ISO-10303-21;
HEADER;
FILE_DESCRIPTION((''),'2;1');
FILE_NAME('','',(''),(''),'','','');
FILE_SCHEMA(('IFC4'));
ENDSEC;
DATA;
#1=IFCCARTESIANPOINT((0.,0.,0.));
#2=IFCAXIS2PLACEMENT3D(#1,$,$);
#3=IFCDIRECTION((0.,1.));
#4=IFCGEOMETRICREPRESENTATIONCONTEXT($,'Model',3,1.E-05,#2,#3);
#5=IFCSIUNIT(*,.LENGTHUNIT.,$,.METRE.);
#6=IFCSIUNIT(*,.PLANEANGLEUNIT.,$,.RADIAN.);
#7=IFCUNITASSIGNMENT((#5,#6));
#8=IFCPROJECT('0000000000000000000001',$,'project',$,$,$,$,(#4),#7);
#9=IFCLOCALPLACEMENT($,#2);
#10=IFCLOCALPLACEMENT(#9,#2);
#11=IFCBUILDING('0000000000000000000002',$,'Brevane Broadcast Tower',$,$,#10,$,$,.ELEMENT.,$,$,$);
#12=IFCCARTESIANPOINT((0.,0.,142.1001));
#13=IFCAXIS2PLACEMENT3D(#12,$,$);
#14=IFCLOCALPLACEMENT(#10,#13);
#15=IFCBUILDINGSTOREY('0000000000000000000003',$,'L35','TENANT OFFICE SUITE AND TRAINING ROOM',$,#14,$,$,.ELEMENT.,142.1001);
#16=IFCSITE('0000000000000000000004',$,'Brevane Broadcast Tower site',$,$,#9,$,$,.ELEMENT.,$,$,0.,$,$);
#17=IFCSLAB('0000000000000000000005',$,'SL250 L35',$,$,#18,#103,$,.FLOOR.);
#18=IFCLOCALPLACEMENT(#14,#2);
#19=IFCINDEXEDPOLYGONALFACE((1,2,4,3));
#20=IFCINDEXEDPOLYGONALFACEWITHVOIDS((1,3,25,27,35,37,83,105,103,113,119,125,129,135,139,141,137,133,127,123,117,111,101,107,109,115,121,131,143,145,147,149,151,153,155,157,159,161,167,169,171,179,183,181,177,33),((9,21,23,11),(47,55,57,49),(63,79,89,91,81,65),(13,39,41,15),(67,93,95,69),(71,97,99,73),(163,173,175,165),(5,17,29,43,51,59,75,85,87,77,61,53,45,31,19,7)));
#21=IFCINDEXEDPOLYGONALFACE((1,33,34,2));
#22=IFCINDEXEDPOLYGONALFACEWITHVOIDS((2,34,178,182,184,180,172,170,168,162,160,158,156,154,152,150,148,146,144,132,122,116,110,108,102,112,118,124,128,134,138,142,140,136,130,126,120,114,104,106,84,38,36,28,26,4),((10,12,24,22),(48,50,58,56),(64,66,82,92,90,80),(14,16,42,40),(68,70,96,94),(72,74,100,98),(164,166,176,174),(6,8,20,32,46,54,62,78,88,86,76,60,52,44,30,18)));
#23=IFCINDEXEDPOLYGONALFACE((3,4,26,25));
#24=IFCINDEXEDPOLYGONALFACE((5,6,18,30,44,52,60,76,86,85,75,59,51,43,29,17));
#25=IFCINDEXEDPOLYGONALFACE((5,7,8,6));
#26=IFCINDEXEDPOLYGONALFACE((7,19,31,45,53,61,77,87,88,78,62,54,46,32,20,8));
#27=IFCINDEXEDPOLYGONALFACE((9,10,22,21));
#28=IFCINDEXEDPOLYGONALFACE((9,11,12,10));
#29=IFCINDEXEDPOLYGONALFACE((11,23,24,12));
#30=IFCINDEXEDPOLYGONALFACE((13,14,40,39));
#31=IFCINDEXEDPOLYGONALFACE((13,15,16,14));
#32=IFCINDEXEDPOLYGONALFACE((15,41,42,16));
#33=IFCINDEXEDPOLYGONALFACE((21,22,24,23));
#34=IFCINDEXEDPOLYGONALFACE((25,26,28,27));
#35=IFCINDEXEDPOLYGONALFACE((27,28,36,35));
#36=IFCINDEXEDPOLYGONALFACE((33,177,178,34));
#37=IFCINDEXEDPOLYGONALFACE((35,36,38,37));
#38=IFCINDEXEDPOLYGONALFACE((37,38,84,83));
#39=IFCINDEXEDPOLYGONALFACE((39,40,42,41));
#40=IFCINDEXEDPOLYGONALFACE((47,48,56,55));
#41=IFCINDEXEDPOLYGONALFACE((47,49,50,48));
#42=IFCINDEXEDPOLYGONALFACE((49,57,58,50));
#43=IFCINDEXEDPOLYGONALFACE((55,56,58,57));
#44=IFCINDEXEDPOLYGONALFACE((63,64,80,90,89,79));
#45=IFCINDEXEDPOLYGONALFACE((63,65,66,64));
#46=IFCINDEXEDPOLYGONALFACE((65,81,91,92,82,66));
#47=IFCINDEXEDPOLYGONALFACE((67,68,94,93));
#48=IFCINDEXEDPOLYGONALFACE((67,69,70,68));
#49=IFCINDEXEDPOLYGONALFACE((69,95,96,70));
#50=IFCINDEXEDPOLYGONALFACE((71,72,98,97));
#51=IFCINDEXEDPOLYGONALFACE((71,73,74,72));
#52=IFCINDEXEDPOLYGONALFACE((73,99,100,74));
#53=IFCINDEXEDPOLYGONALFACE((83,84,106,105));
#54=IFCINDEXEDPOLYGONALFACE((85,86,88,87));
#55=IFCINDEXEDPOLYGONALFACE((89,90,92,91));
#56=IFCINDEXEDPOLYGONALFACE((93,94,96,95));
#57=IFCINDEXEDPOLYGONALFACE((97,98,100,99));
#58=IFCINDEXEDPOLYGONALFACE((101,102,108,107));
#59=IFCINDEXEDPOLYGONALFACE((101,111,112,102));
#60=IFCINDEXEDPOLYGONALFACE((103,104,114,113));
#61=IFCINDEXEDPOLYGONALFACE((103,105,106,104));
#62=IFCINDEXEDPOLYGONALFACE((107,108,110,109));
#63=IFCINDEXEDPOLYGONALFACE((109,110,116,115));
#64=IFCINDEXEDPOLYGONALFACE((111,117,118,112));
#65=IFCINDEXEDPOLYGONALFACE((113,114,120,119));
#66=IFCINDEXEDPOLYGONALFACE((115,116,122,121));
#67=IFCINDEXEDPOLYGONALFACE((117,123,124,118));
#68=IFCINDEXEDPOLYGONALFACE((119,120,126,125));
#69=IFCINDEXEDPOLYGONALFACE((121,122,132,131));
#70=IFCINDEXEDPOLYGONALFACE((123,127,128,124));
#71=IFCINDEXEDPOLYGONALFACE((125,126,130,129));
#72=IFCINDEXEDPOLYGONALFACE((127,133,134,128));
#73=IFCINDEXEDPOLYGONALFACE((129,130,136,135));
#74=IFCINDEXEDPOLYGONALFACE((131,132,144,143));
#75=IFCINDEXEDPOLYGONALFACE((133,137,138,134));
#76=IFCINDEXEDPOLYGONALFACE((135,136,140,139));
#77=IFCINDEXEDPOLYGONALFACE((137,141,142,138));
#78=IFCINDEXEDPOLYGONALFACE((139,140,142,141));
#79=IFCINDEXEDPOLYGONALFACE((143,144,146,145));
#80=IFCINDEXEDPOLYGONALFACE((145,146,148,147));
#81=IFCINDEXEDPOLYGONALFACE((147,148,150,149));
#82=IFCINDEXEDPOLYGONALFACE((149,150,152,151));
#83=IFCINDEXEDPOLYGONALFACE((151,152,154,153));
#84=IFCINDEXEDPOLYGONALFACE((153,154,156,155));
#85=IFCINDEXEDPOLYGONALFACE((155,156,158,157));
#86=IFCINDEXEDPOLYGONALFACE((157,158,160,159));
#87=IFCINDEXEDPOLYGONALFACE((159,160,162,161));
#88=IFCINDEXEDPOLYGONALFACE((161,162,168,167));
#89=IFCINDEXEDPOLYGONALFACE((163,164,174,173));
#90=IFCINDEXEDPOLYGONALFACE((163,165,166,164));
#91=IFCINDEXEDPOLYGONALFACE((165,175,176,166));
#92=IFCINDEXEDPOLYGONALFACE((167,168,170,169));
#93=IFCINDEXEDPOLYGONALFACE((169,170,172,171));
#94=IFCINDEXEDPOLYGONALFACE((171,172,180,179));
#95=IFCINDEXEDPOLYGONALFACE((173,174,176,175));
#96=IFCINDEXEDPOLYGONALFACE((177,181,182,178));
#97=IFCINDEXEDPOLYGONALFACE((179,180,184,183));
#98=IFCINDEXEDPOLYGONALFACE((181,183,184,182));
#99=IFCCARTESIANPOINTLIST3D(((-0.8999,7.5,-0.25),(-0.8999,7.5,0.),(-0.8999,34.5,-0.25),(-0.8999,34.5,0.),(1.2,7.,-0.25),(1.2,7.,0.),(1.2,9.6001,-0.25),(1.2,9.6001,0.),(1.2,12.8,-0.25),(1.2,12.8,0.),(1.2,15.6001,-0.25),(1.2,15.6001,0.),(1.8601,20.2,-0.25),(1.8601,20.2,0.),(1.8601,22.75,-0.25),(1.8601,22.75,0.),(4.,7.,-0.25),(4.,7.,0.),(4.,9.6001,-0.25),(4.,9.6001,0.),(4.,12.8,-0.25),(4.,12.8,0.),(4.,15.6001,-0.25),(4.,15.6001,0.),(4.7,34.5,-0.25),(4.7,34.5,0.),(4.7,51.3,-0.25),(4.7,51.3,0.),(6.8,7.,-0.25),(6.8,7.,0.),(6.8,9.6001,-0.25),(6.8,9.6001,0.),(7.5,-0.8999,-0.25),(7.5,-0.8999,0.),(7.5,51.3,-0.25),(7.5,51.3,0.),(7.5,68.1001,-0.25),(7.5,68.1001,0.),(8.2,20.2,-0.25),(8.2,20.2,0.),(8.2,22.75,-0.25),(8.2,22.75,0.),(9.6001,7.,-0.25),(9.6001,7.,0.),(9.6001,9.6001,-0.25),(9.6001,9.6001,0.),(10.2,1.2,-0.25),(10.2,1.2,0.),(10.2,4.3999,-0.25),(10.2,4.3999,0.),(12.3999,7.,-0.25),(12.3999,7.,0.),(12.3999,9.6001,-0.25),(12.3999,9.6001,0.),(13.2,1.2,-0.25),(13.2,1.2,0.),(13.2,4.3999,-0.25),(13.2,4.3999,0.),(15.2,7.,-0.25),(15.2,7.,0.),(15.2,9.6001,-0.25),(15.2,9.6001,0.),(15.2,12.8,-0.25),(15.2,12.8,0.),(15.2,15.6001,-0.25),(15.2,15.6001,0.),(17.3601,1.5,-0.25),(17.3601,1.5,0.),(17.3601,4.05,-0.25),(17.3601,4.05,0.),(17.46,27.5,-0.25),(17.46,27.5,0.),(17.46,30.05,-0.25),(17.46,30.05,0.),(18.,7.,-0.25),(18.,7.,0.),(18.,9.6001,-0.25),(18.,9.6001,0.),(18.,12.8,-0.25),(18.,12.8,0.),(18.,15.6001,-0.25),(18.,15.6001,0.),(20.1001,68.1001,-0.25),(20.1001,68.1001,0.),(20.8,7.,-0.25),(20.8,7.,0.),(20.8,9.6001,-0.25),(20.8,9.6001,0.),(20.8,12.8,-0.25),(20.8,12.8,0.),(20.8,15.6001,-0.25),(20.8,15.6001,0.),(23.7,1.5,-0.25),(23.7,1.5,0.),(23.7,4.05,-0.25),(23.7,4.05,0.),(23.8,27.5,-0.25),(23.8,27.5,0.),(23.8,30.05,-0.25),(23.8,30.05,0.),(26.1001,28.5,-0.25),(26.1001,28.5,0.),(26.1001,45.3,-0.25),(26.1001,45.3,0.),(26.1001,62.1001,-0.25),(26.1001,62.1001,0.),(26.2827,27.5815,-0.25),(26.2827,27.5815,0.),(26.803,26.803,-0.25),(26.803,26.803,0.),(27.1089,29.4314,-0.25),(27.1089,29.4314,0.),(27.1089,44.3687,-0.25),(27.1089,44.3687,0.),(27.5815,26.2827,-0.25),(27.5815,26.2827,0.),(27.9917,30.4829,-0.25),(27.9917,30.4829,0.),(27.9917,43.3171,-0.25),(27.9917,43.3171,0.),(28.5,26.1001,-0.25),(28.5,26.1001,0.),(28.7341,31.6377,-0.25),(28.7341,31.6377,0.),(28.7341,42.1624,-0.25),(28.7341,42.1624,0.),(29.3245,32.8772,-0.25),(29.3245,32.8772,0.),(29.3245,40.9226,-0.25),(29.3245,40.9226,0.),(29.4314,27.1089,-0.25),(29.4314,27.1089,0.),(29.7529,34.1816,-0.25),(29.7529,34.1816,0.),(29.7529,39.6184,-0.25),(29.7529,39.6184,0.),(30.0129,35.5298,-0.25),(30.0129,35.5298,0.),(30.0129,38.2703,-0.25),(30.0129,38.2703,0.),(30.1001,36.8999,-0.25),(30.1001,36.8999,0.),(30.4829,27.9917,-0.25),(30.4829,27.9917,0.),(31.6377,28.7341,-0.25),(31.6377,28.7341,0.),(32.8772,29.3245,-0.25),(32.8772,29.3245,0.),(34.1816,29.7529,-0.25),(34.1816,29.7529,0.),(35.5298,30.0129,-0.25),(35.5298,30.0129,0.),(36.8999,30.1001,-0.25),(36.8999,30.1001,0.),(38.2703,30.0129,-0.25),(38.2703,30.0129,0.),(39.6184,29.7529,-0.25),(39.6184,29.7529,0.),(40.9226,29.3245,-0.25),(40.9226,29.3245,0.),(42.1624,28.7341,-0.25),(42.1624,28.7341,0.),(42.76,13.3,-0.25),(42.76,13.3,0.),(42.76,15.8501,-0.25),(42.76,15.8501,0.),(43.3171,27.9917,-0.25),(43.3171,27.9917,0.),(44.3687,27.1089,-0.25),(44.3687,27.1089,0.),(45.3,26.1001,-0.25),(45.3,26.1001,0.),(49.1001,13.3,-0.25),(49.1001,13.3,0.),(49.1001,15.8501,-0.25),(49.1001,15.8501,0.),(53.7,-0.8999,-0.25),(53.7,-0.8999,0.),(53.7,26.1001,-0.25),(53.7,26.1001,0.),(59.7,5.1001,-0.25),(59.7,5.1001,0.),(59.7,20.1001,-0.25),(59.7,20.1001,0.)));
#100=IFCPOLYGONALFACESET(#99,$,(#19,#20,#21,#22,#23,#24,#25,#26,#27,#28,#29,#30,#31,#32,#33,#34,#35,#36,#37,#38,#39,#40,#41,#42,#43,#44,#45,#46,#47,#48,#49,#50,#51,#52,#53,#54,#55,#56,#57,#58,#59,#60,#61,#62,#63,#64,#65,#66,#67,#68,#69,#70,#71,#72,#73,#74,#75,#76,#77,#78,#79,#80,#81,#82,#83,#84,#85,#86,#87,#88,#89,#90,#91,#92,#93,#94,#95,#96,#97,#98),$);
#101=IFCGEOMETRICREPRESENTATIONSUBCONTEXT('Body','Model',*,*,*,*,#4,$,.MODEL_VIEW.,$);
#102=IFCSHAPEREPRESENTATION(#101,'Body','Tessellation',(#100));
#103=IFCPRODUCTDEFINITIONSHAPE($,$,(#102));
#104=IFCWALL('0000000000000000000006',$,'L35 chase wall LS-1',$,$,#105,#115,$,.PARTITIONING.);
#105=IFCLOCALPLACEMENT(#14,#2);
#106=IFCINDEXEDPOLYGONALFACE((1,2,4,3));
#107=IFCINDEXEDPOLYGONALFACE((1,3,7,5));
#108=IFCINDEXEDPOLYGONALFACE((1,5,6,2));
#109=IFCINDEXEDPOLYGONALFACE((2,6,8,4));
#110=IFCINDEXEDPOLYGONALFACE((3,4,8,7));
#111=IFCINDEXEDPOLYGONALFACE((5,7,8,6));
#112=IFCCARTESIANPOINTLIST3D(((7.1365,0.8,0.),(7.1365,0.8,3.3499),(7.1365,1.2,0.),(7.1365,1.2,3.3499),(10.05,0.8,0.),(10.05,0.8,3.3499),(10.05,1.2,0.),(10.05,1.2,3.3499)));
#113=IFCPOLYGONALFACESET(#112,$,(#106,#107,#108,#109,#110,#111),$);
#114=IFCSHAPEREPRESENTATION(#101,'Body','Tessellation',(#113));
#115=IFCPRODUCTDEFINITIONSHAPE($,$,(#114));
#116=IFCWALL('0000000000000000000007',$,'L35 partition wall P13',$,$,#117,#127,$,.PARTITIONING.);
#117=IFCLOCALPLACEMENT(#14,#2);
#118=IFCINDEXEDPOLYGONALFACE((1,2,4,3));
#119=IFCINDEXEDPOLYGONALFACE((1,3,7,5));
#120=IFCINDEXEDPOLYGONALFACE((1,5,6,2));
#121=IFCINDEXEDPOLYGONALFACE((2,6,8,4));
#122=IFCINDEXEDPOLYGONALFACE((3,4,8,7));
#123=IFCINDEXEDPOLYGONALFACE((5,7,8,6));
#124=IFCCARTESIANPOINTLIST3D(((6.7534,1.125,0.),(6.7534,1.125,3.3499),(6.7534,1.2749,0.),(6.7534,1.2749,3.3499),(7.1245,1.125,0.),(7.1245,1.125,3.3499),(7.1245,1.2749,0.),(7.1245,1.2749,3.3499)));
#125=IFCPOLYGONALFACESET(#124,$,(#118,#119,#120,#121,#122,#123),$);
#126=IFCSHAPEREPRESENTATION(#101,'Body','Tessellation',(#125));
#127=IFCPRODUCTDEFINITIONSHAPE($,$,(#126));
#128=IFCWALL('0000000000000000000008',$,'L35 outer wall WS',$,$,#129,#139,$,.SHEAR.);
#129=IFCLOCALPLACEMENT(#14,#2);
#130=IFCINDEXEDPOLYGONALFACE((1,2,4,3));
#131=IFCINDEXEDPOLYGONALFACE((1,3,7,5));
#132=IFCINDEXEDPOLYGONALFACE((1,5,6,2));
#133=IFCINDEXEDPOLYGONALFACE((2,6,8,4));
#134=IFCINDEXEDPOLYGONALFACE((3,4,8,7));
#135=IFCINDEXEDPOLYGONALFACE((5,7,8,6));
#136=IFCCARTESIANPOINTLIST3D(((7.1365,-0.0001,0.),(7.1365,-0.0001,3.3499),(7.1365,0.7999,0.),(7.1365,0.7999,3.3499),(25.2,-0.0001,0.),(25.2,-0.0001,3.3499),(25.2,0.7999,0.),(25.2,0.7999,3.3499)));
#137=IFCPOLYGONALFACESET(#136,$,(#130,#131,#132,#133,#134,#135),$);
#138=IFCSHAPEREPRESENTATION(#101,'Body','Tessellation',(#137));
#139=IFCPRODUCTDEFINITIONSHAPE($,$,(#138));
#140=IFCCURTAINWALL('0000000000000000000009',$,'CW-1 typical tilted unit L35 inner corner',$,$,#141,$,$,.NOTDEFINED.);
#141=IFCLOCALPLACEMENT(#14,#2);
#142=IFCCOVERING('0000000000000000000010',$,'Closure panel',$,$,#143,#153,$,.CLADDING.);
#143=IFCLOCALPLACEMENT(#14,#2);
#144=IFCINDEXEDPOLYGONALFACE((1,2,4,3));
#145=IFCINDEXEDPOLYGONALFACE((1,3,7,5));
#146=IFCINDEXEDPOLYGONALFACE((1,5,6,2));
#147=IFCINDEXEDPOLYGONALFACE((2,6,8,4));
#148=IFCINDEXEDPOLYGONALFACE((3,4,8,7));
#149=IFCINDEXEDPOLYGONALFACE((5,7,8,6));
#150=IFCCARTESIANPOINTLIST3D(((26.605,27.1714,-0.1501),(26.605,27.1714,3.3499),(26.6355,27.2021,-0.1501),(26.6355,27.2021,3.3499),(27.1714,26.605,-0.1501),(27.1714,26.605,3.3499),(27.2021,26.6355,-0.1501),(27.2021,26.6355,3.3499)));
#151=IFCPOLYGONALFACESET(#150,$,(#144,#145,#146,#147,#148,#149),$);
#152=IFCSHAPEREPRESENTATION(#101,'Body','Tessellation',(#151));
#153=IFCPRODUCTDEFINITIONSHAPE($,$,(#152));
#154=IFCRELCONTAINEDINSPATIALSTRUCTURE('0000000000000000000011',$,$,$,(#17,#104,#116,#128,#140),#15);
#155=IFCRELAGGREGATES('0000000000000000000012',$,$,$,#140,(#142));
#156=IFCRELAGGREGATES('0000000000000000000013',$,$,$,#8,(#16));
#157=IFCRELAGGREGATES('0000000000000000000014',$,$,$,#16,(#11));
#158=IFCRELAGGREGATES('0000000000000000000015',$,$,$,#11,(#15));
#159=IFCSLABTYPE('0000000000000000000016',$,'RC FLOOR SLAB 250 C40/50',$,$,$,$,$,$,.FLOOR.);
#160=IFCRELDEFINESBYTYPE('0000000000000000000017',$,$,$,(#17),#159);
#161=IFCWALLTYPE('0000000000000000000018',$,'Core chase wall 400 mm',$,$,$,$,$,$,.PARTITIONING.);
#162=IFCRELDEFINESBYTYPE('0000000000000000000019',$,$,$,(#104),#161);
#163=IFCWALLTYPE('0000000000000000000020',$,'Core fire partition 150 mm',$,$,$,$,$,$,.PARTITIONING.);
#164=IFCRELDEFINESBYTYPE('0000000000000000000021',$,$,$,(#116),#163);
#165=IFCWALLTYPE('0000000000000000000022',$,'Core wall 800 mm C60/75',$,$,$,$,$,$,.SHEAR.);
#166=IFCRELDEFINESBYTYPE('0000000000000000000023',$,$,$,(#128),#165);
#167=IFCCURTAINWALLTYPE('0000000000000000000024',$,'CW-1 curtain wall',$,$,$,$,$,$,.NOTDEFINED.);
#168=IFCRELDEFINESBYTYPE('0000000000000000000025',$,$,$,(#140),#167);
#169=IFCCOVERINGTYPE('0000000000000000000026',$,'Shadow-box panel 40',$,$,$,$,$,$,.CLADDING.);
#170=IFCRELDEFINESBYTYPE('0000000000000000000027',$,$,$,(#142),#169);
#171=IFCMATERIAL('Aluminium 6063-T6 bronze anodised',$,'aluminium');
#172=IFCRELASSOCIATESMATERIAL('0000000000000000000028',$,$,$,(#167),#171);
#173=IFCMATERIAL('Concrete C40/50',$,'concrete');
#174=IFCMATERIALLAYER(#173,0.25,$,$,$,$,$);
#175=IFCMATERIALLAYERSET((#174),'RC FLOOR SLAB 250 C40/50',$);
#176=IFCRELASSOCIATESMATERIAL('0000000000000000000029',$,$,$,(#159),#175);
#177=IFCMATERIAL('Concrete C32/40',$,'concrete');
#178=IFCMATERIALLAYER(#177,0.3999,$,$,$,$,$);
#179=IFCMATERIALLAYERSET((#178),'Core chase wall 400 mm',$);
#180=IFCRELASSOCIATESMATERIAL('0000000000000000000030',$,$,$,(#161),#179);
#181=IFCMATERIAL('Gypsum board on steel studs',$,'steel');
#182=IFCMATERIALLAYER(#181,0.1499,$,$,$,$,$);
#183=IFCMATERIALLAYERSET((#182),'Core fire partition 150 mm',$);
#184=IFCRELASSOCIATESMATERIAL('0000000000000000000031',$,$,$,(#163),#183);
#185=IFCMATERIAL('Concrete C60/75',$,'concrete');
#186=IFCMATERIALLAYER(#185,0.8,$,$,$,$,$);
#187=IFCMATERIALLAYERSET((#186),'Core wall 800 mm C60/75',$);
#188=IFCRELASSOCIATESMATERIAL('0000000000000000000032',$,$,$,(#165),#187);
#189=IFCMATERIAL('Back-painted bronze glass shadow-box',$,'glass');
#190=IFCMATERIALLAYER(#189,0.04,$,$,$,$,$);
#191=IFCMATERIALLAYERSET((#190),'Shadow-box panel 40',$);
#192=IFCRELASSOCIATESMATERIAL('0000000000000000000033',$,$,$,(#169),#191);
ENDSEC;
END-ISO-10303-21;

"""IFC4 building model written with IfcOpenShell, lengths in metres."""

from ifc_helpers import new_model, si_unit, direction, frame, frame_2d, origin, place, context, subcontext, project, spatial, polyline, rectangle, outline, extrude, material, layer, layer_set, type_object, element, aggregate, save


model = new_model("IFC4")

# Units and contexts
model_context = context("Model", 3, precision=1e-05, world=origin(), true_north=direction((0.0, 1.0)))
body_context = subcontext(model_context, "Body", "Model", "MODEL_VIEW")
ifc_project = project(units=[si_unit("LENGTHUNIT", "METRE"), si_unit("PLANEANGLEUNIT", "RADIAN")], contexts=[model_context])

# Site, building, storey
site_placement = place(None, origin())
site = spatial("IfcSite", under=ifc_project, at=site_placement, Name="Brevane Broadcast Tower site", CompositionType="ELEMENT", RefElevation=0.0)
building_placement = place(site_placement, origin())
building = spatial("IfcBuilding", under=site, at=building_placement, Name="Brevane Broadcast Tower", CompositionType="ELEMENT")
storey_placement = place(building_placement, frame((0.0, 0.0, 142.1001)))
storey = spatial("IfcBuildingStorey", under=building, at=storey_placement, Name="L35", Description="TENANT OFFICE SUITE AND TRAINING ROOM", CompositionType="ELEMENT", Elevation=142.1001)

# Shared definitions
ifc_material_1 = material(Name="Aluminium 6063-T6 bronze anodised", Category="aluminium")
curtain_wall_type = type_object("IfcCurtainWallType", Name="CW-1 curtain wall", PredefinedType="NOTDEFINED", material=ifc_material_1)

# Slab
ifc_material_2 = material(Name="Concrete C40/50", Category="concrete")
ifc_layer_1 = layer(ifc_material_2, 0.25)
ifc_layer_set_1 = layer_set([ifc_layer_1], Name="RC FLOOR SLAB 250 C40/50")
slab_type_1 = type_object("IfcSlabType", Name="RC FLOOR SLAB 250 C40/50", PredefinedType="FLOOR", material=ifc_layer_set_1)
slab_1_placement = place(storey_placement, frame((0.0, 0.0, -0.25)))
element("IfcSlab", 1, at=slab_1_placement, inside=storey, type_object=slab_type_1, Name="SL250 L35", PredefinedType="FLOOR", context=body_context, shape_type="SweptSolid", body=[
    extrude(outline(polyline([(-0.8999, 7.5), (-0.8999, 34.5), (4.7, 34.5), (4.7, 51.3), (7.5, 51.3), (7.5, 68.1001), (20.1001, 68.1001), (26.1001, 62.1001), (26.1001, 45.3), (27.1089, 44.3687), (27.9917, 43.3171), (28.7341, 42.1624), (29.3245, 40.9226), (29.7529, 39.6184), (30.0129, 38.2703), (30.1001, 36.8999), (30.0129, 35.5298), (29.7529, 34.1816), (29.3245, 32.8772), (28.7341, 31.6377), (27.9917, 30.4829), (27.1089, 29.4314), (26.1001, 28.5), (26.2827, 27.5815), (26.803, 26.803), (27.5815, 26.2827), (28.5, 26.1001), (29.4314, 27.1089), (30.4829, 27.9917), (31.6377, 28.7341), (32.8772, 29.3245), (34.1816, 29.7529), (35.5298, 30.0129), (36.8999, 30.1001), (38.2703, 30.0129), (39.6184, 29.7529), (40.9226, 29.3245), (42.1624, 28.7341), (43.3171, 27.9917), (44.3687, 27.1089), (45.3, 26.1001), (53.7, 26.1001), (59.7, 20.1001), (59.7, 5.1001), (53.7, -0.8999), (7.5, -0.8999), (-0.8999, 7.5)]), holes=[polyline([(13.2, 4.3999), (10.2, 4.3999), (10.2, 1.2), (13.2, 1.2), (13.2, 4.3999)]), polyline([(4.0, 9.6001), (1.2, 9.6001), (1.2, 7.0), (4.0, 7.0), (6.8, 7.0), (9.6001, 7.0), (12.3999, 7.0), (15.2, 7.0), (18.0, 7.0), (20.8, 7.0), (20.8, 9.6001), (18.0, 9.6001), (15.2, 9.6001), (12.3999, 9.6001), (9.6001, 9.6001), (6.8, 9.6001), (4.0, 9.6001)]), polyline([(4.0, 12.8), (4.0, 15.6001), (1.2, 15.6001), (1.2, 12.8), (4.0, 12.8)]), polyline([(8.2, 22.75), (1.8601, 22.75), (1.8601, 20.2), (8.2, 20.2), (8.2, 22.75)]), polyline([(23.7, 4.05), (17.3601, 4.05), (17.3601, 1.5), (23.7, 1.5), (23.7, 4.05)]), polyline([(18.0, 15.6001), (15.2, 15.6001), (15.2, 12.8), (18.0, 12.8), (20.8, 12.8), (20.8, 15.6001), (18.0, 15.6001)]), polyline([(49.1001, 15.8501), (42.76, 15.8501), (42.76, 13.3), (49.1001, 13.3), (49.1001, 15.8501)]), polyline([(23.8, 30.05), (17.46, 30.05), (17.46, 27.5), (23.8, 27.5), (23.8, 30.05)])]), origin(), (0.0, 0.0, 1.0), 0.25),
])

# Walls
ifc_material_3 = material(Name="Concrete C32/40", Category="concrete")
ifc_layer_2 = layer(ifc_material_3, 0.3999)
ifc_layer_set_2 = layer_set([ifc_layer_2], Name="Core chase wall 400 mm")
wall_type_1 = type_object("IfcWallType", Name="Core chase wall 400 mm", PredefinedType="PARTITIONING", material=ifc_layer_set_2)
wall_1_placement = place(storey_placement, frame((7.1365, 1.0, 0.0), z_axis=(0.0, 0.0, 1.0), x_axis=(1.0, 0.0, 0.0)))
element("IfcWall", 2, at=wall_1_placement, inside=storey, type_object=wall_type_1, Name="L35 chase wall LS-1", PredefinedType="PARTITIONING", context=body_context, shape_type="SweptSolid", body=[
    extrude(rectangle(XDim=2.9136, YDim=0.3999, at=frame_2d((1.4568, 0.0))), origin(), (0.0, 0.0, 1.0), 3.3499),
])
ifc_material_4 = material(Name="Gypsum board on steel studs", Category="steel")
ifc_layer_3 = layer(ifc_material_4, 0.1499)
ifc_layer_set_3 = layer_set([ifc_layer_3], Name="Core fire partition 150 mm")
wall_type_2 = type_object("IfcWallType", Name="Core fire partition 150 mm", PredefinedType="PARTITIONING", material=ifc_layer_set_3)
wall_2_placement = place(storey_placement, frame((7.1245, 1.2, 0.0), z_axis=(0.0, 0.0, 1.0), x_axis=(-1.0, 0.0, 0.0)))
element("IfcWall", 3, at=wall_2_placement, inside=storey, type_object=wall_type_2, Name="L35 partition wall P13", PredefinedType="PARTITIONING", context=body_context, shape_type="SweptSolid", body=[
    extrude(rectangle(XDim=0.3711, YDim=0.1499, at=frame_2d((0.1855, 0.0))), origin(), (0.0, 0.0, 1.0), 3.3499),
])
ifc_material_5 = material(Name="Concrete C60/75", Category="concrete")
ifc_layer_4 = layer(ifc_material_5, 0.8)
ifc_layer_set_4 = layer_set([ifc_layer_4], Name="Core wall 800 mm C60/75")
wall_type_3 = type_object("IfcWallType", Name="Core wall 800 mm C60/75", PredefinedType="SHEAR", material=ifc_layer_set_4)
wall_3_placement = place(storey_placement, frame((7.1365, 0.3999, 0.0), z_axis=(0.0, 0.0, 1.0), x_axis=(1.0, 0.0, 0.0)))
element("IfcWall", 4, at=wall_3_placement, inside=storey, type_object=wall_type_3, Name="L35 outer wall WS", PredefinedType="SHEAR", context=body_context, shape_type="SweptSolid", body=[
    extrude(rectangle(XDim=18.0635, YDim=0.8, at=frame_2d((9.0317, 0.0))), origin(), (0.0, 0.0, 1.0), 3.3499),
])

# Curtain wall, covering
curtain_wall_1_placement = place(storey_placement, origin())
curtain_wall_1 = element("IfcCurtainWall", 5, at=curtain_wall_1_placement, inside=storey, type_object=curtain_wall_type, Name="CW-1 typical tilted unit L35 inner corner", PredefinedType="NOTDEFINED")
ifc_material_6 = material(Name="Back-painted bronze glass shadow-box", Category="glass")
ifc_layer_5 = layer(ifc_material_6, 0.04)
ifc_layer_set_5 = layer_set([ifc_layer_5], Name="Shadow-box panel 40")
covering_type = type_object("IfcCoveringType", Name="Shadow-box panel 40", PredefinedType="CLADDING", material=ifc_layer_set_5)
covering_placement = place(storey_placement, frame((0.0, 0.0, -0.1501)))
covering = element("IfcCovering", 6, at=covering_placement, type_object=covering_type, Name="Closure panel", PredefinedType="CLADDING", context=body_context, shape_type="SweptSolid", body=[
    extrude(outline(polyline([(27.1714, 26.605), (27.2021, 26.6355), (26.6355, 27.2021), (26.605, 27.1714), (27.1714, 26.605)])), origin(), (0.0, 0.0, 1.0), 3.5),
])
aggregate(curtain_wall_1, [covering])

save(model, "model.ifc")
